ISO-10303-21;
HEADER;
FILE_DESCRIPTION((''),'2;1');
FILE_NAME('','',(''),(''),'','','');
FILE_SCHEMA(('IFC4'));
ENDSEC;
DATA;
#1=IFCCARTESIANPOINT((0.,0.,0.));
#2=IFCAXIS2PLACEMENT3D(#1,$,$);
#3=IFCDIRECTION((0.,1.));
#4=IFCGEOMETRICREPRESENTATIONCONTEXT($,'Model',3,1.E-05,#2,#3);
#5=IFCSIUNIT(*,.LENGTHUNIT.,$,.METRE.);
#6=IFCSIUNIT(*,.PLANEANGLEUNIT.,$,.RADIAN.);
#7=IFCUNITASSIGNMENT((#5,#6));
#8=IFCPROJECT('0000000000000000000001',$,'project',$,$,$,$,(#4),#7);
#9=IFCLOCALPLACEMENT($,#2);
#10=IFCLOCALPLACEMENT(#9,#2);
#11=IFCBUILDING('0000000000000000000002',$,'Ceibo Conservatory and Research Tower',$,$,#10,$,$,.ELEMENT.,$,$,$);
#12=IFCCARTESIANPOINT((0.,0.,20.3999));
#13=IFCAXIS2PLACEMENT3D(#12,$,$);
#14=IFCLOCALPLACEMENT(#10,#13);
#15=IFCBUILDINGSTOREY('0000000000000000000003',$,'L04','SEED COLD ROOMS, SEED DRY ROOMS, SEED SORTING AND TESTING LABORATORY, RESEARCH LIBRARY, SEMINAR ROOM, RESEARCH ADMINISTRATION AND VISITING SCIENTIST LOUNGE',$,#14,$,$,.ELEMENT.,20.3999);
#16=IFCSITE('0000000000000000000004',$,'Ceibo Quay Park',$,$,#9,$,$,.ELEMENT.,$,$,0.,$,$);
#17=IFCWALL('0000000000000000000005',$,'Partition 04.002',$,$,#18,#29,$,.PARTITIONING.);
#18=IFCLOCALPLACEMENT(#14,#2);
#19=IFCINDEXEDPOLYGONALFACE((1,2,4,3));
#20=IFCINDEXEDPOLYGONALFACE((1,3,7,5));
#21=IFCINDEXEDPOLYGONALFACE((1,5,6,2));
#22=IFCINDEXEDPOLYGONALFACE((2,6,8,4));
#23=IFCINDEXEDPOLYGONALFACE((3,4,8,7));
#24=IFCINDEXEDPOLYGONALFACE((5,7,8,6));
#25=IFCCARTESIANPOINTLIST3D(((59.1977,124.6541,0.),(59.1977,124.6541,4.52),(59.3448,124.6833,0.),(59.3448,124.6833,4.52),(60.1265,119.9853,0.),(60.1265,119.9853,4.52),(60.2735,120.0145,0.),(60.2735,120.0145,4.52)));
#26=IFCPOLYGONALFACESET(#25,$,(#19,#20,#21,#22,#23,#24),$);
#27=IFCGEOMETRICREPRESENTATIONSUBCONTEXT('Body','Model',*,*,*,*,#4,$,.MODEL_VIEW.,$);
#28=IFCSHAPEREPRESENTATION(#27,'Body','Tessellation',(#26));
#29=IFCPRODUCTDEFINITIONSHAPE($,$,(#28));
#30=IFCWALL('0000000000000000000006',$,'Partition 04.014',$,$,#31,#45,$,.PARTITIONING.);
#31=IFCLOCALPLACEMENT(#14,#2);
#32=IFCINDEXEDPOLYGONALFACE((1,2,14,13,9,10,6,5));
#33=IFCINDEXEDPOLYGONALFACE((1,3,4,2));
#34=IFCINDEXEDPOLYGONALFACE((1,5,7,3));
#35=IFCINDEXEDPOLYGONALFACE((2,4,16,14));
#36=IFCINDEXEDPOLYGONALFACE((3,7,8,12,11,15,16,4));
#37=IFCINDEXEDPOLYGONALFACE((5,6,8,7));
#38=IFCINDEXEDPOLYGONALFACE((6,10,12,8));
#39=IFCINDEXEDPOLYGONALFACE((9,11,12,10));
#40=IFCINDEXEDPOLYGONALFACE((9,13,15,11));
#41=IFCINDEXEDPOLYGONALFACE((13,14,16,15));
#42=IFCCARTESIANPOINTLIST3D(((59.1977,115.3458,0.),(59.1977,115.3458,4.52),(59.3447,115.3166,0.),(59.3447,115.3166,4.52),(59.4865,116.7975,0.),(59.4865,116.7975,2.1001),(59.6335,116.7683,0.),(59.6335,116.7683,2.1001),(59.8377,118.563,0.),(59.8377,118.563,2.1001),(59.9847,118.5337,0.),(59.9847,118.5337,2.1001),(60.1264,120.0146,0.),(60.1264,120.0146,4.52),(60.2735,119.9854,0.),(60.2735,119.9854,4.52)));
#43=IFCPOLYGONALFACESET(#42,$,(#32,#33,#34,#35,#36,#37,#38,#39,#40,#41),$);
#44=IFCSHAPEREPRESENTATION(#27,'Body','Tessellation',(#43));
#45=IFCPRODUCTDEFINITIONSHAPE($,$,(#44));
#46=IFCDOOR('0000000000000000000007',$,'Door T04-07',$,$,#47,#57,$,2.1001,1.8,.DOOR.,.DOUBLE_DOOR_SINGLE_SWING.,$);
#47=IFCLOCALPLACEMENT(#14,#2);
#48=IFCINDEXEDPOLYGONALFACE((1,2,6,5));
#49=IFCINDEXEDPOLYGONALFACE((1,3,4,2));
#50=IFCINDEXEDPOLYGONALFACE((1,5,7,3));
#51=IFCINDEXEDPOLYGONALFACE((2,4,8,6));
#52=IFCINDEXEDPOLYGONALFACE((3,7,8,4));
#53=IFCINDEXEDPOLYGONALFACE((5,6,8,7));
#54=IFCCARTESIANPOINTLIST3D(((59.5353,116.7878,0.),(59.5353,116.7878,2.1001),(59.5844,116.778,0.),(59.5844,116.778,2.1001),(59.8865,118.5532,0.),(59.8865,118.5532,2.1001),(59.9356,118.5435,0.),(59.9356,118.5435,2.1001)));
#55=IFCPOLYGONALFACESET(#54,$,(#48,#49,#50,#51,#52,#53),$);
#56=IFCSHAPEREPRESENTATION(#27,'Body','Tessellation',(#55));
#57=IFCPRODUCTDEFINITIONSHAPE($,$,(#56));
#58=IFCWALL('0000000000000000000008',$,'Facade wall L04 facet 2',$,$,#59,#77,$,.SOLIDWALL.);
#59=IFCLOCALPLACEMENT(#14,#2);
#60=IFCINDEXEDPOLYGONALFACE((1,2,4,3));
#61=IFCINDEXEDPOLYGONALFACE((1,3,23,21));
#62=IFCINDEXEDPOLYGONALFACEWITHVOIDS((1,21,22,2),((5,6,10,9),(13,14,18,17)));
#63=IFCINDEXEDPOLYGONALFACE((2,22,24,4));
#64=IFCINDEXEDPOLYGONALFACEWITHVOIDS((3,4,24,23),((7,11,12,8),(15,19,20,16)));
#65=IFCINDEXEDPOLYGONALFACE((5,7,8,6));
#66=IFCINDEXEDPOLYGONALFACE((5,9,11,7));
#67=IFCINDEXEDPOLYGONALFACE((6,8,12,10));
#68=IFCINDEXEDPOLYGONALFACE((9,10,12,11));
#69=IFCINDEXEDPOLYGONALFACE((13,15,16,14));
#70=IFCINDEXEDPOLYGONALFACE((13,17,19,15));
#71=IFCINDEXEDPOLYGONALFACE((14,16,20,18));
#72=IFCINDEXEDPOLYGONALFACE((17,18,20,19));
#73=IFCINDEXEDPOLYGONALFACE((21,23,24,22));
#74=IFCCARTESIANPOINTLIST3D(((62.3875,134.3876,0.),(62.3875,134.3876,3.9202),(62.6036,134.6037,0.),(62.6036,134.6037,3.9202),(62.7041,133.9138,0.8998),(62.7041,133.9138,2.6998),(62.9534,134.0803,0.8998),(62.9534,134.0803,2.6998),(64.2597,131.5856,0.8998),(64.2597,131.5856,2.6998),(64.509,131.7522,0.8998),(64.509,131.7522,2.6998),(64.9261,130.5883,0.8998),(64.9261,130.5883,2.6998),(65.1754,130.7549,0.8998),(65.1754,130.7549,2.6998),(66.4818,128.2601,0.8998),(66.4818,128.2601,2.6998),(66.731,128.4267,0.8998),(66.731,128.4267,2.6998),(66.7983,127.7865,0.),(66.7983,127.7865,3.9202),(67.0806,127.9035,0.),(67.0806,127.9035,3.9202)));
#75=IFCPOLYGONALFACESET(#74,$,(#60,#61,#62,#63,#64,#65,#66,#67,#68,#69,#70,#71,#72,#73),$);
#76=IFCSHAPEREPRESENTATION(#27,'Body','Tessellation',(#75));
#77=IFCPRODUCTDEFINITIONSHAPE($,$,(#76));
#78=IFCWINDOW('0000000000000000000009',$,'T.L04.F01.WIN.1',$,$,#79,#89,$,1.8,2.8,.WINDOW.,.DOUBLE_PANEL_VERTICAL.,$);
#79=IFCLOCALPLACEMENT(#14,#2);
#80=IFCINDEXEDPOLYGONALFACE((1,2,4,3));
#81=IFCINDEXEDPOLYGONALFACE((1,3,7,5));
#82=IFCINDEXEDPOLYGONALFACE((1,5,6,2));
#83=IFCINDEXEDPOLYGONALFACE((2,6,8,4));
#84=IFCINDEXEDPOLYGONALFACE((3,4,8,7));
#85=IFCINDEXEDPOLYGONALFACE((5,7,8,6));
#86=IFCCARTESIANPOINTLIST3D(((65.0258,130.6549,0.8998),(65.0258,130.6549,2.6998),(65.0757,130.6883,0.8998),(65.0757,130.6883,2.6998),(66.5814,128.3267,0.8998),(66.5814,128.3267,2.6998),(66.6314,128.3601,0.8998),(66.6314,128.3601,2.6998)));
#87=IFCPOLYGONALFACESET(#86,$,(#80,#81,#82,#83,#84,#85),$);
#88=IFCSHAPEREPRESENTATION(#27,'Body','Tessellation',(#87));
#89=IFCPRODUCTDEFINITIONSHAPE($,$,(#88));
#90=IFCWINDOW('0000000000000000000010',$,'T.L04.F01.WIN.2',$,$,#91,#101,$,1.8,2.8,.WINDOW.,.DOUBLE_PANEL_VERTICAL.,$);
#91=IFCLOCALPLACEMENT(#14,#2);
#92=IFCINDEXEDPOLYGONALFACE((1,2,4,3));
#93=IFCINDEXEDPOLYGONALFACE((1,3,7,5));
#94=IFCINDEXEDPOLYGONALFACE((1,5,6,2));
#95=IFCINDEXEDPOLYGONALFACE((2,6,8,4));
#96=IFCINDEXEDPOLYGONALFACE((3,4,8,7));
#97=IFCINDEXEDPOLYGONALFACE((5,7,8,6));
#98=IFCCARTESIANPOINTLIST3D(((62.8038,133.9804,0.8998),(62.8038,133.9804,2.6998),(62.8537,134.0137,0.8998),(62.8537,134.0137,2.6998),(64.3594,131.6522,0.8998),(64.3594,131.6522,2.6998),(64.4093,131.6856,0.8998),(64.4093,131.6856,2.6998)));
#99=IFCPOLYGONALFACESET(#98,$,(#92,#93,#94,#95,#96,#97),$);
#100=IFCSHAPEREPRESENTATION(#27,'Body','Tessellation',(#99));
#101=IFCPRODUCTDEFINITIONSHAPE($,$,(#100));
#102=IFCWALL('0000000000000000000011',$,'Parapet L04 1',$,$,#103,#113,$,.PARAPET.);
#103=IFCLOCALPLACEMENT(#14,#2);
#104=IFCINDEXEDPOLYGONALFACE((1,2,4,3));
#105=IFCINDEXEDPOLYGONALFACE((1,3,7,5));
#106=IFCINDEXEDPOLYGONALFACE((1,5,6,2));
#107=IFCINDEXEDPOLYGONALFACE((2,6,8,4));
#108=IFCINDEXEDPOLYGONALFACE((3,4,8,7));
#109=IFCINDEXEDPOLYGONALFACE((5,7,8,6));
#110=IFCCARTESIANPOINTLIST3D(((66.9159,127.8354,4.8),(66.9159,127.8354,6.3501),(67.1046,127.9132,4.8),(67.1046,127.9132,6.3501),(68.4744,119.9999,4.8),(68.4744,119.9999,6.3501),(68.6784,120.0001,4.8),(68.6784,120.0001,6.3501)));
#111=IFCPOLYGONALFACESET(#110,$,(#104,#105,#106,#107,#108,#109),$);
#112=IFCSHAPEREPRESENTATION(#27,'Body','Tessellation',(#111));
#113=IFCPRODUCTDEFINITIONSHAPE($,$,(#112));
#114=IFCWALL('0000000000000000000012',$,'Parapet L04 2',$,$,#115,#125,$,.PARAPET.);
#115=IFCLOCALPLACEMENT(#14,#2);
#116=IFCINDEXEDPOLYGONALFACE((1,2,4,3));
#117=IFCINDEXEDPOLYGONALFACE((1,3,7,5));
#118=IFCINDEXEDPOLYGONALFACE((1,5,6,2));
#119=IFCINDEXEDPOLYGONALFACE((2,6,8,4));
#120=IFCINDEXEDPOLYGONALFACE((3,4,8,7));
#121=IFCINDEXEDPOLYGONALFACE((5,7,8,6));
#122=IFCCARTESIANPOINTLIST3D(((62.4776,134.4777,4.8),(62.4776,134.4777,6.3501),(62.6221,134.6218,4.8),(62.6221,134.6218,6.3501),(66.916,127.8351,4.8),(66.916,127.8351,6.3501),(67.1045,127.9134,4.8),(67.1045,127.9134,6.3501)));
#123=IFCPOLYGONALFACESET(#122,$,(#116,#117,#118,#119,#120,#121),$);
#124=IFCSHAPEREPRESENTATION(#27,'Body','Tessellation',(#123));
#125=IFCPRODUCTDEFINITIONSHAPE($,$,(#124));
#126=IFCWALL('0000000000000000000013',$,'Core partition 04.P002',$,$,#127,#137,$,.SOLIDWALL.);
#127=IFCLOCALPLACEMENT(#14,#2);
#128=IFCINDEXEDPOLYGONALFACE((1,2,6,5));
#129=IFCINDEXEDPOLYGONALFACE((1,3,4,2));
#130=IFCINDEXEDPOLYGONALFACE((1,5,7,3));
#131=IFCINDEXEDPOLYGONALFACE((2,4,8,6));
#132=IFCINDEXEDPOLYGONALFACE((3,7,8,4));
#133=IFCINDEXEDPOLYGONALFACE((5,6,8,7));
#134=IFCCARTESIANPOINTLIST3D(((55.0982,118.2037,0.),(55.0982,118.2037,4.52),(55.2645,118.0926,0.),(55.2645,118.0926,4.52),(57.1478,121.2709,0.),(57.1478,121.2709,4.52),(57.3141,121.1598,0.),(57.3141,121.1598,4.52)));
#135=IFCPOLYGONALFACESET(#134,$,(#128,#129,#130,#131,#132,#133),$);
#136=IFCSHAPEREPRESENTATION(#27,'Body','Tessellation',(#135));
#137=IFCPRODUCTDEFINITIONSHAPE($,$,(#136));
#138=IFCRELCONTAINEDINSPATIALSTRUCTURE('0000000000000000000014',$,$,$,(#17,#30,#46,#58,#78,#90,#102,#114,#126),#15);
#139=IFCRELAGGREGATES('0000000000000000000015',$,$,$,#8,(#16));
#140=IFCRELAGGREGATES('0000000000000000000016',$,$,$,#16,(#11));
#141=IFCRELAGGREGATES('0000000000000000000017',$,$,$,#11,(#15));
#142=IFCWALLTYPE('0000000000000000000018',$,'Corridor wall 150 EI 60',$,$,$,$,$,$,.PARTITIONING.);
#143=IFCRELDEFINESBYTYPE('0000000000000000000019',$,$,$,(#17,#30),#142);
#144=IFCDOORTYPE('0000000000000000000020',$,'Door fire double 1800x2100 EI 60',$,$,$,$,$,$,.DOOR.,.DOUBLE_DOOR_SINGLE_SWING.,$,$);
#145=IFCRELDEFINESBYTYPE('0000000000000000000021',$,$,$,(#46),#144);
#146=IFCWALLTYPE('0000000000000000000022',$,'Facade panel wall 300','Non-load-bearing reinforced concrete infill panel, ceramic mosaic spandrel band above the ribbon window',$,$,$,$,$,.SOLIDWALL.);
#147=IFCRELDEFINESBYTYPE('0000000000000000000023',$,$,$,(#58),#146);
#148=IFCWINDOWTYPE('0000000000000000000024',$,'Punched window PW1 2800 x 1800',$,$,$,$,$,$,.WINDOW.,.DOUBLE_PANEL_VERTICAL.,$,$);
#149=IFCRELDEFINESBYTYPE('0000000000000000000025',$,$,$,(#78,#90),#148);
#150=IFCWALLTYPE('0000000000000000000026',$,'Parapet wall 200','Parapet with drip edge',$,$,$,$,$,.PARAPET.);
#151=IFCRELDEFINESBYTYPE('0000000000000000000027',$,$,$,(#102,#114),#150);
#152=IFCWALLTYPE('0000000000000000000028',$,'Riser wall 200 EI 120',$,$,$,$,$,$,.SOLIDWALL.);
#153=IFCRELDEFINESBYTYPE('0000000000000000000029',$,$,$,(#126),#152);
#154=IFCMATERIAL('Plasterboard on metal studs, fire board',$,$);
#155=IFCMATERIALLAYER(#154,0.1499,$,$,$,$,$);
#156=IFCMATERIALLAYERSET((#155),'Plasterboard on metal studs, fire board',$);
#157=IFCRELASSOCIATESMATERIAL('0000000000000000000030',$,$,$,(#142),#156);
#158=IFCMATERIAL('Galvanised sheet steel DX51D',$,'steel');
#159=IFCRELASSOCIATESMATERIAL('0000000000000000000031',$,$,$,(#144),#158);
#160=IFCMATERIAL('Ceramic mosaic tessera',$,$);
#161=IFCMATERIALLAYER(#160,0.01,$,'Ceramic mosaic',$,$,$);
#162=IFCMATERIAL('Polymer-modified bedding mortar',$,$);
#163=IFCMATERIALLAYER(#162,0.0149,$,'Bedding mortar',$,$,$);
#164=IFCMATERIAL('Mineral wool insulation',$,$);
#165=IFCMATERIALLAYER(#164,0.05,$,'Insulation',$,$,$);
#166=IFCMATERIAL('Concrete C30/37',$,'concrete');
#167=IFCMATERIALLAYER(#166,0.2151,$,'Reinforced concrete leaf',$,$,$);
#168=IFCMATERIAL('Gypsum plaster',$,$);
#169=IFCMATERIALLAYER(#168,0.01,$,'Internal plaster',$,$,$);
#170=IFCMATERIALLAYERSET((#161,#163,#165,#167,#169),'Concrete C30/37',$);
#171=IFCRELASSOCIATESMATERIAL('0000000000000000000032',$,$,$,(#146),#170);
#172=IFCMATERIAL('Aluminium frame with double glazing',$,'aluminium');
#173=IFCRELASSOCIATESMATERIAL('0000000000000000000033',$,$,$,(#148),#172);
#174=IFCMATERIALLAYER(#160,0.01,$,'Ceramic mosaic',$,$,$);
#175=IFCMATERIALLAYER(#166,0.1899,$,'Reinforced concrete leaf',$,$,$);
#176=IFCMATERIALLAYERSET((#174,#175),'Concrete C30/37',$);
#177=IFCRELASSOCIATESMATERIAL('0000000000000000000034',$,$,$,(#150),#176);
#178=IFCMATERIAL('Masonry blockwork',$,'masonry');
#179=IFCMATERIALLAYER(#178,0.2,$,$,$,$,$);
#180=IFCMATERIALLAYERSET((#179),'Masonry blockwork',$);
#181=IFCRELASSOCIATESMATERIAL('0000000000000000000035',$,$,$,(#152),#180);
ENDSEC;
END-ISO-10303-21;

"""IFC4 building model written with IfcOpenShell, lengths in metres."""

from ifc_helpers import new_model, si_unit, direction, frame, frame_2d, origin, place, context, subcontext, project, spatial, polyline, rectangle, outline, extrude, material, layer, layer_set, type_object, element, fill, save


model = new_model("IFC4")

# Units and contexts
model_context = context("Model", 3, precision=1e-05, world=origin(), true_north=direction((0.0, 1.0)))
body_context = subcontext(model_context, "Body", "Model", "MODEL_VIEW")
ifc_project = project(units=[si_unit("LENGTHUNIT", "METRE"), si_unit("PLANEANGLEUNIT", "RADIAN")], contexts=[model_context])

# Site, building, storey
site_placement = place(None, origin())
site = spatial("IfcSite", under=ifc_project, at=site_placement, Name="Ceibo Quay Park", CompositionType="ELEMENT", RefElevation=0.0)
building_placement = place(site_placement, origin())
building = spatial("IfcBuilding", under=site, at=building_placement, Name="Ceibo Conservatory and Research Tower", CompositionType="ELEMENT")
storey_placement = place(building_placement, frame((0.0, 0.0, 20.3999)))
storey = spatial("IfcBuildingStorey", under=building, at=storey_placement, Name="L04", Description="SEED COLD ROOMS, SEED DRY ROOMS, SEED SORTING AND TESTING LABORATORY, RESEARCH LIBRARY, SEMINAR ROOM, RESEARCH ADMINISTRATION AND VISITING SCIENTIST LOUNGE", CompositionType="ELEMENT", Elevation=20.3999)

# Shared definitions
ifc_material_1 = material(Name="Galvanised sheet steel DX51D", Category="steel")

# Wall
ifc_material_2 = material(Name="Plasterboard on metal studs, fire board")
ifc_layer_1 = layer(ifc_material_2, 0.1499)
ifc_layer_set_1 = layer_set([ifc_layer_1], Name="Plasterboard on metal studs, fire board")
wall_type_1 = type_object("IfcWallType", Name="Corridor wall 150 EI 60", PredefinedType="PARTITIONING", material=ifc_layer_set_1)
wall_1_placement = place(storey_placement, frame((59.2712, 124.6687, 0.0), z_axis=(0.0, 0.0, 1.0), x_axis=(0.1951, -0.980783, 0.0)))
element("IfcWall", 1, at=wall_1_placement, inside=storey, type_object=wall_type_1, Name="Partition 04.002", PredefinedType="PARTITIONING", context=body_context, shape_type="SweptSolid", body=[
    extrude(rectangle(XDim=4.7603, YDim=0.1499, at=frame_2d((2.3801, 0.0))), origin(), (0.0, 0.0, 1.0), 4.52),
])

# Wall, opening, door
wall_2_placement = place(storey_placement, frame((60.2, 120.0, 0.0), z_axis=(0.0, 0.0, 1.0), x_axis=(-0.1951, -0.980783, 0.0)))
wall_2 = element("IfcWall", 2, at=wall_2_placement, inside=storey, type_object=wall_type_1, Name="Partition 04.014", PredefinedType="PARTITIONING", context=body_context, shape_type="SweptSolid", body=[
    extrude(rectangle(XDim=4.7603, YDim=0.1499, at=frame_2d((2.3801, 0.0))), origin(), (0.0, 0.0, 1.0), 4.52),
])
opening_1_placement = place(wall_2_placement, frame((1.4802, 0.0, 0.0)))
opening_1 = element("IfcOpeningElement", 3, at=opening_1_placement, cuts=wall_2, PredefinedType="OPENING", context=body_context, shape_type="SweptSolid", body=[
    extrude(rectangle(XDim=1.8, YDim=2.1001, at=frame_2d((0.8999, 1.05))), frame((0.0, 0.085, 0.0), z_axis=(0.0, -1.0, 0.0), x_axis=(1.0, 0.0, 0.0)), (0.0, 0.0, 1.0), 0.1699),
])
door_type_1 = type_object("IfcDoorType", Name="Door fire double 1800x2100 EI 60", OperationType="DOUBLE_DOOR_SINGLE_SWING", PredefinedType="DOOR", material=ifc_material_1)
door_1_placement = place(opening_1_placement, origin())
door_1 = element("IfcDoor", 4, at=door_1_placement, inside=storey, type_object=door_type_1, Name="Door T04-07", OperationType="DOUBLE_DOOR_SINGLE_SWING", OverallHeight=2.1001, OverallWidth=1.8, PredefinedType="DOOR", context=body_context, shape_type="SweptSolid", body=[
    extrude(rectangle(XDim=1.8, YDim=2.1001, at=frame_2d((0.8999, 1.05))), frame((0.0, 0.0249, 0.0), z_axis=(0.0, -1.0, 0.0), x_axis=(1.0, 0.0, 0.0)), (0.0, 0.0, 1.0), 0.05),
])
fill(opening_1, door_1)

# Wall, openings, windows
ifc_material_3 = material(Name="Ceramic mosaic tessera")
ifc_layer_2 = layer(ifc_material_3, 0.01, Name="Ceramic mosaic")
ifc_material_4 = material(Name="Polymer-modified bedding mortar")
ifc_layer_3 = layer(ifc_material_4, 0.0149, Name="Bedding mortar")
ifc_material_5 = material(Name="Mineral wool insulation")
ifc_layer_4 = layer(ifc_material_5, 0.05, Name="Insulation")
ifc_material_6 = material(Name="Concrete C30/37", Category="concrete")
ifc_layer_5 = layer(ifc_material_6, 0.2151, Name="Reinforced concrete leaf")
ifc_material_7 = material(Name="Gypsum plaster")
ifc_layer_6 = layer(ifc_material_7, 0.01, Name="Internal plaster")
ifc_layer_set_2 = layer_set([ifc_layer_2, ifc_layer_3, ifc_layer_4, ifc_layer_5, ifc_layer_6], Name="Concrete C30/37")
wall_type_2 = type_object("IfcWallType", Name="Facade panel wall 300", Description="Non-load-bearing reinforced concrete infill panel, ceramic mosaic spandrel band above the ribbon window", PredefinedType="SOLIDWALL", material=ifc_layer_set_2)
wall_3_placement = place(storey_placement, frame((66.9395, 127.845, 0.0), z_axis=(0.0, 0.0, 1.0), x_axis=(-0.555573, 0.831468, 0.0)))
wall_3 = element("IfcWall", 5, at=wall_3_placement, inside=storey, type_object=wall_type_2, Name="Facade wall L04 facet 2", PredefinedType="SOLIDWALL", context=body_context, shape_type="SweptSolid", body=[
    extrude(outline(polyline([(-0.0298, -0.1499), (8.0286, -0.1499), (7.969, 0.1499), (0.0298, 0.1499), (-0.0298, -0.1499)])), origin(), (0.0, 0.0, 1.0), 3.9202),
])
opening_2_placement = place(wall_3_placement, frame((0.5996, 0.0, 0.8999)))
opening_2 = element("IfcOpeningElement", 6, at=opening_2_placement, cuts=wall_3, PredefinedType="OPENING", context=body_context, shape_type="SweptSolid", body=[
    extrude(rectangle(XDim=2.8, YDim=1.8, at=frame_2d((1.3999, 0.8999))), frame((0.0, 0.1599, 0.0), z_axis=(0.0, -1.0, 0.0), x_axis=(1.0, 0.0, 0.0)), (0.0, 0.0, 1.0), 0.3201),
])
opening_3_placement = place(wall_3_placement, frame((4.5991, 0.0, 0.8999)))
opening_3 = element("IfcOpeningElement", 7, at=opening_3_placement, cuts=wall_3, PredefinedType="OPENING", context=body_context, shape_type="SweptSolid", body=[
    extrude(rectangle(XDim=2.8, YDim=1.8, at=frame_2d((1.3999, 0.8999))), frame((0.0, 0.1599, 0.0), z_axis=(0.0, -1.0, 0.0), x_axis=(1.0, 0.0, 0.0)), (0.0, 0.0, 1.0), 0.3201),
])
ifc_material_8 = material(Name="Aluminium frame with double glazing", Category="aluminium")
window_type = type_object("IfcWindowType", Name="Punched window PW1 2800 x 1800", PartitioningType="DOUBLE_PANEL_VERTICAL", PredefinedType="WINDOW", material=ifc_material_8)
window_1_placement = place(opening_2_placement, origin())
window_1 = element("IfcWindow", 8, at=window_1_placement, inside=storey, type_object=window_type, Name="T.L04.F01.WIN.1", OverallHeight=1.8, OverallWidth=2.8, PartitioningType="DOUBLE_PANEL_VERTICAL", PredefinedType="WINDOW", context=body_context, shape_type="SweptSolid", body=[
    extrude(rectangle(XDim=2.8, YDim=1.8, at=frame_2d((1.3999, 0.8999))), frame((0.0, 0.03, 0.0), z_axis=(0.0, -1.0, 0.0), x_axis=(1.0, 0.0, 0.0)), (0.0, 0.0, 1.0), 0.0601),
])
fill(opening_2, window_1)
window_2_placement = place(opening_3_placement, origin())
window_2 = element("IfcWindow", 9, at=window_2_placement, inside=storey, type_object=window_type, Name="T.L04.F01.WIN.2", OverallHeight=1.8, OverallWidth=2.8, PartitioningType="DOUBLE_PANEL_VERTICAL", PredefinedType="WINDOW", context=body_context, shape_type="SweptSolid", body=[
    extrude(rectangle(XDim=2.8, YDim=1.8, at=frame_2d((1.3999, 0.8999))), frame((0.0, 0.03, 0.0), z_axis=(0.0, -1.0, 0.0), x_axis=(1.0, 0.0, 0.0)), (0.0, 0.0, 1.0), 0.0601),
])
fill(opening_3, window_2)

# Walls
ifc_layer_7 = layer(ifc_material_3, 0.01, Name="Ceramic mosaic")
ifc_layer_8 = layer(ifc_material_6, 0.1899, Name="Reinforced concrete leaf")
ifc_layer_set_3 = layer_set([ifc_layer_7, ifc_layer_8], Name="Concrete C30/37")
wall_type_3 = type_object("IfcWallType", Name="Parapet wall 200", Description="Parapet with drip edge", PredefinedType="PARAPET", material=ifc_layer_set_3)
for number, where, z_axis, x_axis, name in (
    (10, (68.5764, 120.0, 4.8), (0.0, 0.0, 1.0), (-0.195075, 0.980788, 0.0), "Parapet L04 1"),
    (11, (67.0103, 127.8743, 4.8), (0.0, 0.0, 1.0), (-0.55557, 0.83147, 0.0), "Parapet L04 2"),
):
    element("IfcWall", number, at=place(storey_placement, frame(where, z_axis=z_axis, x_axis=x_axis)), inside=storey, type_object=wall_type_3, Name=name, PredefinedType="PARAPET", context=body_context, shape_type="SweptSolid", body=[
        extrude(outline(polyline([(-0.0198, -0.1001), (8.0483, -0.1001), (8.0088, 0.1001), (0.0198, 0.1001), (-0.0198, -0.1001)])), origin(), (0.0, 0.0, 1.0), 1.55),
    ])
ifc_material_9 = material(Name="Masonry blockwork", Category="masonry")
ifc_layer_9 = layer(ifc_material_9, 0.2)
ifc_layer_set_4 = layer_set([ifc_layer_9], Name="Masonry blockwork")
wall_type_4 = type_object("IfcWallType", Name="Riser wall 200 EI 120", PredefinedType="SOLIDWALL", material=ifc_layer_set_4)
wall_4_placement = place(storey_placement, frame((57.231, 121.2153, 0.0), z_axis=(0.0, 0.0, 1.0), x_axis=(-0.555601, -0.831449, 0.0)))
element("IfcWall", 12, at=wall_4_placement, inside=storey, type_object=wall_type_4, Name="Core partition 04.P002", PredefinedType="SOLIDWALL", context=body_context, shape_type="SweptSolid", body=[
    extrude(rectangle(XDim=3.689, YDim=0.2, at=frame_2d((1.8445, 0.0))), origin(), (0.0, 0.0, 1.0), 4.52),
])

save(model, "model.ifc")
